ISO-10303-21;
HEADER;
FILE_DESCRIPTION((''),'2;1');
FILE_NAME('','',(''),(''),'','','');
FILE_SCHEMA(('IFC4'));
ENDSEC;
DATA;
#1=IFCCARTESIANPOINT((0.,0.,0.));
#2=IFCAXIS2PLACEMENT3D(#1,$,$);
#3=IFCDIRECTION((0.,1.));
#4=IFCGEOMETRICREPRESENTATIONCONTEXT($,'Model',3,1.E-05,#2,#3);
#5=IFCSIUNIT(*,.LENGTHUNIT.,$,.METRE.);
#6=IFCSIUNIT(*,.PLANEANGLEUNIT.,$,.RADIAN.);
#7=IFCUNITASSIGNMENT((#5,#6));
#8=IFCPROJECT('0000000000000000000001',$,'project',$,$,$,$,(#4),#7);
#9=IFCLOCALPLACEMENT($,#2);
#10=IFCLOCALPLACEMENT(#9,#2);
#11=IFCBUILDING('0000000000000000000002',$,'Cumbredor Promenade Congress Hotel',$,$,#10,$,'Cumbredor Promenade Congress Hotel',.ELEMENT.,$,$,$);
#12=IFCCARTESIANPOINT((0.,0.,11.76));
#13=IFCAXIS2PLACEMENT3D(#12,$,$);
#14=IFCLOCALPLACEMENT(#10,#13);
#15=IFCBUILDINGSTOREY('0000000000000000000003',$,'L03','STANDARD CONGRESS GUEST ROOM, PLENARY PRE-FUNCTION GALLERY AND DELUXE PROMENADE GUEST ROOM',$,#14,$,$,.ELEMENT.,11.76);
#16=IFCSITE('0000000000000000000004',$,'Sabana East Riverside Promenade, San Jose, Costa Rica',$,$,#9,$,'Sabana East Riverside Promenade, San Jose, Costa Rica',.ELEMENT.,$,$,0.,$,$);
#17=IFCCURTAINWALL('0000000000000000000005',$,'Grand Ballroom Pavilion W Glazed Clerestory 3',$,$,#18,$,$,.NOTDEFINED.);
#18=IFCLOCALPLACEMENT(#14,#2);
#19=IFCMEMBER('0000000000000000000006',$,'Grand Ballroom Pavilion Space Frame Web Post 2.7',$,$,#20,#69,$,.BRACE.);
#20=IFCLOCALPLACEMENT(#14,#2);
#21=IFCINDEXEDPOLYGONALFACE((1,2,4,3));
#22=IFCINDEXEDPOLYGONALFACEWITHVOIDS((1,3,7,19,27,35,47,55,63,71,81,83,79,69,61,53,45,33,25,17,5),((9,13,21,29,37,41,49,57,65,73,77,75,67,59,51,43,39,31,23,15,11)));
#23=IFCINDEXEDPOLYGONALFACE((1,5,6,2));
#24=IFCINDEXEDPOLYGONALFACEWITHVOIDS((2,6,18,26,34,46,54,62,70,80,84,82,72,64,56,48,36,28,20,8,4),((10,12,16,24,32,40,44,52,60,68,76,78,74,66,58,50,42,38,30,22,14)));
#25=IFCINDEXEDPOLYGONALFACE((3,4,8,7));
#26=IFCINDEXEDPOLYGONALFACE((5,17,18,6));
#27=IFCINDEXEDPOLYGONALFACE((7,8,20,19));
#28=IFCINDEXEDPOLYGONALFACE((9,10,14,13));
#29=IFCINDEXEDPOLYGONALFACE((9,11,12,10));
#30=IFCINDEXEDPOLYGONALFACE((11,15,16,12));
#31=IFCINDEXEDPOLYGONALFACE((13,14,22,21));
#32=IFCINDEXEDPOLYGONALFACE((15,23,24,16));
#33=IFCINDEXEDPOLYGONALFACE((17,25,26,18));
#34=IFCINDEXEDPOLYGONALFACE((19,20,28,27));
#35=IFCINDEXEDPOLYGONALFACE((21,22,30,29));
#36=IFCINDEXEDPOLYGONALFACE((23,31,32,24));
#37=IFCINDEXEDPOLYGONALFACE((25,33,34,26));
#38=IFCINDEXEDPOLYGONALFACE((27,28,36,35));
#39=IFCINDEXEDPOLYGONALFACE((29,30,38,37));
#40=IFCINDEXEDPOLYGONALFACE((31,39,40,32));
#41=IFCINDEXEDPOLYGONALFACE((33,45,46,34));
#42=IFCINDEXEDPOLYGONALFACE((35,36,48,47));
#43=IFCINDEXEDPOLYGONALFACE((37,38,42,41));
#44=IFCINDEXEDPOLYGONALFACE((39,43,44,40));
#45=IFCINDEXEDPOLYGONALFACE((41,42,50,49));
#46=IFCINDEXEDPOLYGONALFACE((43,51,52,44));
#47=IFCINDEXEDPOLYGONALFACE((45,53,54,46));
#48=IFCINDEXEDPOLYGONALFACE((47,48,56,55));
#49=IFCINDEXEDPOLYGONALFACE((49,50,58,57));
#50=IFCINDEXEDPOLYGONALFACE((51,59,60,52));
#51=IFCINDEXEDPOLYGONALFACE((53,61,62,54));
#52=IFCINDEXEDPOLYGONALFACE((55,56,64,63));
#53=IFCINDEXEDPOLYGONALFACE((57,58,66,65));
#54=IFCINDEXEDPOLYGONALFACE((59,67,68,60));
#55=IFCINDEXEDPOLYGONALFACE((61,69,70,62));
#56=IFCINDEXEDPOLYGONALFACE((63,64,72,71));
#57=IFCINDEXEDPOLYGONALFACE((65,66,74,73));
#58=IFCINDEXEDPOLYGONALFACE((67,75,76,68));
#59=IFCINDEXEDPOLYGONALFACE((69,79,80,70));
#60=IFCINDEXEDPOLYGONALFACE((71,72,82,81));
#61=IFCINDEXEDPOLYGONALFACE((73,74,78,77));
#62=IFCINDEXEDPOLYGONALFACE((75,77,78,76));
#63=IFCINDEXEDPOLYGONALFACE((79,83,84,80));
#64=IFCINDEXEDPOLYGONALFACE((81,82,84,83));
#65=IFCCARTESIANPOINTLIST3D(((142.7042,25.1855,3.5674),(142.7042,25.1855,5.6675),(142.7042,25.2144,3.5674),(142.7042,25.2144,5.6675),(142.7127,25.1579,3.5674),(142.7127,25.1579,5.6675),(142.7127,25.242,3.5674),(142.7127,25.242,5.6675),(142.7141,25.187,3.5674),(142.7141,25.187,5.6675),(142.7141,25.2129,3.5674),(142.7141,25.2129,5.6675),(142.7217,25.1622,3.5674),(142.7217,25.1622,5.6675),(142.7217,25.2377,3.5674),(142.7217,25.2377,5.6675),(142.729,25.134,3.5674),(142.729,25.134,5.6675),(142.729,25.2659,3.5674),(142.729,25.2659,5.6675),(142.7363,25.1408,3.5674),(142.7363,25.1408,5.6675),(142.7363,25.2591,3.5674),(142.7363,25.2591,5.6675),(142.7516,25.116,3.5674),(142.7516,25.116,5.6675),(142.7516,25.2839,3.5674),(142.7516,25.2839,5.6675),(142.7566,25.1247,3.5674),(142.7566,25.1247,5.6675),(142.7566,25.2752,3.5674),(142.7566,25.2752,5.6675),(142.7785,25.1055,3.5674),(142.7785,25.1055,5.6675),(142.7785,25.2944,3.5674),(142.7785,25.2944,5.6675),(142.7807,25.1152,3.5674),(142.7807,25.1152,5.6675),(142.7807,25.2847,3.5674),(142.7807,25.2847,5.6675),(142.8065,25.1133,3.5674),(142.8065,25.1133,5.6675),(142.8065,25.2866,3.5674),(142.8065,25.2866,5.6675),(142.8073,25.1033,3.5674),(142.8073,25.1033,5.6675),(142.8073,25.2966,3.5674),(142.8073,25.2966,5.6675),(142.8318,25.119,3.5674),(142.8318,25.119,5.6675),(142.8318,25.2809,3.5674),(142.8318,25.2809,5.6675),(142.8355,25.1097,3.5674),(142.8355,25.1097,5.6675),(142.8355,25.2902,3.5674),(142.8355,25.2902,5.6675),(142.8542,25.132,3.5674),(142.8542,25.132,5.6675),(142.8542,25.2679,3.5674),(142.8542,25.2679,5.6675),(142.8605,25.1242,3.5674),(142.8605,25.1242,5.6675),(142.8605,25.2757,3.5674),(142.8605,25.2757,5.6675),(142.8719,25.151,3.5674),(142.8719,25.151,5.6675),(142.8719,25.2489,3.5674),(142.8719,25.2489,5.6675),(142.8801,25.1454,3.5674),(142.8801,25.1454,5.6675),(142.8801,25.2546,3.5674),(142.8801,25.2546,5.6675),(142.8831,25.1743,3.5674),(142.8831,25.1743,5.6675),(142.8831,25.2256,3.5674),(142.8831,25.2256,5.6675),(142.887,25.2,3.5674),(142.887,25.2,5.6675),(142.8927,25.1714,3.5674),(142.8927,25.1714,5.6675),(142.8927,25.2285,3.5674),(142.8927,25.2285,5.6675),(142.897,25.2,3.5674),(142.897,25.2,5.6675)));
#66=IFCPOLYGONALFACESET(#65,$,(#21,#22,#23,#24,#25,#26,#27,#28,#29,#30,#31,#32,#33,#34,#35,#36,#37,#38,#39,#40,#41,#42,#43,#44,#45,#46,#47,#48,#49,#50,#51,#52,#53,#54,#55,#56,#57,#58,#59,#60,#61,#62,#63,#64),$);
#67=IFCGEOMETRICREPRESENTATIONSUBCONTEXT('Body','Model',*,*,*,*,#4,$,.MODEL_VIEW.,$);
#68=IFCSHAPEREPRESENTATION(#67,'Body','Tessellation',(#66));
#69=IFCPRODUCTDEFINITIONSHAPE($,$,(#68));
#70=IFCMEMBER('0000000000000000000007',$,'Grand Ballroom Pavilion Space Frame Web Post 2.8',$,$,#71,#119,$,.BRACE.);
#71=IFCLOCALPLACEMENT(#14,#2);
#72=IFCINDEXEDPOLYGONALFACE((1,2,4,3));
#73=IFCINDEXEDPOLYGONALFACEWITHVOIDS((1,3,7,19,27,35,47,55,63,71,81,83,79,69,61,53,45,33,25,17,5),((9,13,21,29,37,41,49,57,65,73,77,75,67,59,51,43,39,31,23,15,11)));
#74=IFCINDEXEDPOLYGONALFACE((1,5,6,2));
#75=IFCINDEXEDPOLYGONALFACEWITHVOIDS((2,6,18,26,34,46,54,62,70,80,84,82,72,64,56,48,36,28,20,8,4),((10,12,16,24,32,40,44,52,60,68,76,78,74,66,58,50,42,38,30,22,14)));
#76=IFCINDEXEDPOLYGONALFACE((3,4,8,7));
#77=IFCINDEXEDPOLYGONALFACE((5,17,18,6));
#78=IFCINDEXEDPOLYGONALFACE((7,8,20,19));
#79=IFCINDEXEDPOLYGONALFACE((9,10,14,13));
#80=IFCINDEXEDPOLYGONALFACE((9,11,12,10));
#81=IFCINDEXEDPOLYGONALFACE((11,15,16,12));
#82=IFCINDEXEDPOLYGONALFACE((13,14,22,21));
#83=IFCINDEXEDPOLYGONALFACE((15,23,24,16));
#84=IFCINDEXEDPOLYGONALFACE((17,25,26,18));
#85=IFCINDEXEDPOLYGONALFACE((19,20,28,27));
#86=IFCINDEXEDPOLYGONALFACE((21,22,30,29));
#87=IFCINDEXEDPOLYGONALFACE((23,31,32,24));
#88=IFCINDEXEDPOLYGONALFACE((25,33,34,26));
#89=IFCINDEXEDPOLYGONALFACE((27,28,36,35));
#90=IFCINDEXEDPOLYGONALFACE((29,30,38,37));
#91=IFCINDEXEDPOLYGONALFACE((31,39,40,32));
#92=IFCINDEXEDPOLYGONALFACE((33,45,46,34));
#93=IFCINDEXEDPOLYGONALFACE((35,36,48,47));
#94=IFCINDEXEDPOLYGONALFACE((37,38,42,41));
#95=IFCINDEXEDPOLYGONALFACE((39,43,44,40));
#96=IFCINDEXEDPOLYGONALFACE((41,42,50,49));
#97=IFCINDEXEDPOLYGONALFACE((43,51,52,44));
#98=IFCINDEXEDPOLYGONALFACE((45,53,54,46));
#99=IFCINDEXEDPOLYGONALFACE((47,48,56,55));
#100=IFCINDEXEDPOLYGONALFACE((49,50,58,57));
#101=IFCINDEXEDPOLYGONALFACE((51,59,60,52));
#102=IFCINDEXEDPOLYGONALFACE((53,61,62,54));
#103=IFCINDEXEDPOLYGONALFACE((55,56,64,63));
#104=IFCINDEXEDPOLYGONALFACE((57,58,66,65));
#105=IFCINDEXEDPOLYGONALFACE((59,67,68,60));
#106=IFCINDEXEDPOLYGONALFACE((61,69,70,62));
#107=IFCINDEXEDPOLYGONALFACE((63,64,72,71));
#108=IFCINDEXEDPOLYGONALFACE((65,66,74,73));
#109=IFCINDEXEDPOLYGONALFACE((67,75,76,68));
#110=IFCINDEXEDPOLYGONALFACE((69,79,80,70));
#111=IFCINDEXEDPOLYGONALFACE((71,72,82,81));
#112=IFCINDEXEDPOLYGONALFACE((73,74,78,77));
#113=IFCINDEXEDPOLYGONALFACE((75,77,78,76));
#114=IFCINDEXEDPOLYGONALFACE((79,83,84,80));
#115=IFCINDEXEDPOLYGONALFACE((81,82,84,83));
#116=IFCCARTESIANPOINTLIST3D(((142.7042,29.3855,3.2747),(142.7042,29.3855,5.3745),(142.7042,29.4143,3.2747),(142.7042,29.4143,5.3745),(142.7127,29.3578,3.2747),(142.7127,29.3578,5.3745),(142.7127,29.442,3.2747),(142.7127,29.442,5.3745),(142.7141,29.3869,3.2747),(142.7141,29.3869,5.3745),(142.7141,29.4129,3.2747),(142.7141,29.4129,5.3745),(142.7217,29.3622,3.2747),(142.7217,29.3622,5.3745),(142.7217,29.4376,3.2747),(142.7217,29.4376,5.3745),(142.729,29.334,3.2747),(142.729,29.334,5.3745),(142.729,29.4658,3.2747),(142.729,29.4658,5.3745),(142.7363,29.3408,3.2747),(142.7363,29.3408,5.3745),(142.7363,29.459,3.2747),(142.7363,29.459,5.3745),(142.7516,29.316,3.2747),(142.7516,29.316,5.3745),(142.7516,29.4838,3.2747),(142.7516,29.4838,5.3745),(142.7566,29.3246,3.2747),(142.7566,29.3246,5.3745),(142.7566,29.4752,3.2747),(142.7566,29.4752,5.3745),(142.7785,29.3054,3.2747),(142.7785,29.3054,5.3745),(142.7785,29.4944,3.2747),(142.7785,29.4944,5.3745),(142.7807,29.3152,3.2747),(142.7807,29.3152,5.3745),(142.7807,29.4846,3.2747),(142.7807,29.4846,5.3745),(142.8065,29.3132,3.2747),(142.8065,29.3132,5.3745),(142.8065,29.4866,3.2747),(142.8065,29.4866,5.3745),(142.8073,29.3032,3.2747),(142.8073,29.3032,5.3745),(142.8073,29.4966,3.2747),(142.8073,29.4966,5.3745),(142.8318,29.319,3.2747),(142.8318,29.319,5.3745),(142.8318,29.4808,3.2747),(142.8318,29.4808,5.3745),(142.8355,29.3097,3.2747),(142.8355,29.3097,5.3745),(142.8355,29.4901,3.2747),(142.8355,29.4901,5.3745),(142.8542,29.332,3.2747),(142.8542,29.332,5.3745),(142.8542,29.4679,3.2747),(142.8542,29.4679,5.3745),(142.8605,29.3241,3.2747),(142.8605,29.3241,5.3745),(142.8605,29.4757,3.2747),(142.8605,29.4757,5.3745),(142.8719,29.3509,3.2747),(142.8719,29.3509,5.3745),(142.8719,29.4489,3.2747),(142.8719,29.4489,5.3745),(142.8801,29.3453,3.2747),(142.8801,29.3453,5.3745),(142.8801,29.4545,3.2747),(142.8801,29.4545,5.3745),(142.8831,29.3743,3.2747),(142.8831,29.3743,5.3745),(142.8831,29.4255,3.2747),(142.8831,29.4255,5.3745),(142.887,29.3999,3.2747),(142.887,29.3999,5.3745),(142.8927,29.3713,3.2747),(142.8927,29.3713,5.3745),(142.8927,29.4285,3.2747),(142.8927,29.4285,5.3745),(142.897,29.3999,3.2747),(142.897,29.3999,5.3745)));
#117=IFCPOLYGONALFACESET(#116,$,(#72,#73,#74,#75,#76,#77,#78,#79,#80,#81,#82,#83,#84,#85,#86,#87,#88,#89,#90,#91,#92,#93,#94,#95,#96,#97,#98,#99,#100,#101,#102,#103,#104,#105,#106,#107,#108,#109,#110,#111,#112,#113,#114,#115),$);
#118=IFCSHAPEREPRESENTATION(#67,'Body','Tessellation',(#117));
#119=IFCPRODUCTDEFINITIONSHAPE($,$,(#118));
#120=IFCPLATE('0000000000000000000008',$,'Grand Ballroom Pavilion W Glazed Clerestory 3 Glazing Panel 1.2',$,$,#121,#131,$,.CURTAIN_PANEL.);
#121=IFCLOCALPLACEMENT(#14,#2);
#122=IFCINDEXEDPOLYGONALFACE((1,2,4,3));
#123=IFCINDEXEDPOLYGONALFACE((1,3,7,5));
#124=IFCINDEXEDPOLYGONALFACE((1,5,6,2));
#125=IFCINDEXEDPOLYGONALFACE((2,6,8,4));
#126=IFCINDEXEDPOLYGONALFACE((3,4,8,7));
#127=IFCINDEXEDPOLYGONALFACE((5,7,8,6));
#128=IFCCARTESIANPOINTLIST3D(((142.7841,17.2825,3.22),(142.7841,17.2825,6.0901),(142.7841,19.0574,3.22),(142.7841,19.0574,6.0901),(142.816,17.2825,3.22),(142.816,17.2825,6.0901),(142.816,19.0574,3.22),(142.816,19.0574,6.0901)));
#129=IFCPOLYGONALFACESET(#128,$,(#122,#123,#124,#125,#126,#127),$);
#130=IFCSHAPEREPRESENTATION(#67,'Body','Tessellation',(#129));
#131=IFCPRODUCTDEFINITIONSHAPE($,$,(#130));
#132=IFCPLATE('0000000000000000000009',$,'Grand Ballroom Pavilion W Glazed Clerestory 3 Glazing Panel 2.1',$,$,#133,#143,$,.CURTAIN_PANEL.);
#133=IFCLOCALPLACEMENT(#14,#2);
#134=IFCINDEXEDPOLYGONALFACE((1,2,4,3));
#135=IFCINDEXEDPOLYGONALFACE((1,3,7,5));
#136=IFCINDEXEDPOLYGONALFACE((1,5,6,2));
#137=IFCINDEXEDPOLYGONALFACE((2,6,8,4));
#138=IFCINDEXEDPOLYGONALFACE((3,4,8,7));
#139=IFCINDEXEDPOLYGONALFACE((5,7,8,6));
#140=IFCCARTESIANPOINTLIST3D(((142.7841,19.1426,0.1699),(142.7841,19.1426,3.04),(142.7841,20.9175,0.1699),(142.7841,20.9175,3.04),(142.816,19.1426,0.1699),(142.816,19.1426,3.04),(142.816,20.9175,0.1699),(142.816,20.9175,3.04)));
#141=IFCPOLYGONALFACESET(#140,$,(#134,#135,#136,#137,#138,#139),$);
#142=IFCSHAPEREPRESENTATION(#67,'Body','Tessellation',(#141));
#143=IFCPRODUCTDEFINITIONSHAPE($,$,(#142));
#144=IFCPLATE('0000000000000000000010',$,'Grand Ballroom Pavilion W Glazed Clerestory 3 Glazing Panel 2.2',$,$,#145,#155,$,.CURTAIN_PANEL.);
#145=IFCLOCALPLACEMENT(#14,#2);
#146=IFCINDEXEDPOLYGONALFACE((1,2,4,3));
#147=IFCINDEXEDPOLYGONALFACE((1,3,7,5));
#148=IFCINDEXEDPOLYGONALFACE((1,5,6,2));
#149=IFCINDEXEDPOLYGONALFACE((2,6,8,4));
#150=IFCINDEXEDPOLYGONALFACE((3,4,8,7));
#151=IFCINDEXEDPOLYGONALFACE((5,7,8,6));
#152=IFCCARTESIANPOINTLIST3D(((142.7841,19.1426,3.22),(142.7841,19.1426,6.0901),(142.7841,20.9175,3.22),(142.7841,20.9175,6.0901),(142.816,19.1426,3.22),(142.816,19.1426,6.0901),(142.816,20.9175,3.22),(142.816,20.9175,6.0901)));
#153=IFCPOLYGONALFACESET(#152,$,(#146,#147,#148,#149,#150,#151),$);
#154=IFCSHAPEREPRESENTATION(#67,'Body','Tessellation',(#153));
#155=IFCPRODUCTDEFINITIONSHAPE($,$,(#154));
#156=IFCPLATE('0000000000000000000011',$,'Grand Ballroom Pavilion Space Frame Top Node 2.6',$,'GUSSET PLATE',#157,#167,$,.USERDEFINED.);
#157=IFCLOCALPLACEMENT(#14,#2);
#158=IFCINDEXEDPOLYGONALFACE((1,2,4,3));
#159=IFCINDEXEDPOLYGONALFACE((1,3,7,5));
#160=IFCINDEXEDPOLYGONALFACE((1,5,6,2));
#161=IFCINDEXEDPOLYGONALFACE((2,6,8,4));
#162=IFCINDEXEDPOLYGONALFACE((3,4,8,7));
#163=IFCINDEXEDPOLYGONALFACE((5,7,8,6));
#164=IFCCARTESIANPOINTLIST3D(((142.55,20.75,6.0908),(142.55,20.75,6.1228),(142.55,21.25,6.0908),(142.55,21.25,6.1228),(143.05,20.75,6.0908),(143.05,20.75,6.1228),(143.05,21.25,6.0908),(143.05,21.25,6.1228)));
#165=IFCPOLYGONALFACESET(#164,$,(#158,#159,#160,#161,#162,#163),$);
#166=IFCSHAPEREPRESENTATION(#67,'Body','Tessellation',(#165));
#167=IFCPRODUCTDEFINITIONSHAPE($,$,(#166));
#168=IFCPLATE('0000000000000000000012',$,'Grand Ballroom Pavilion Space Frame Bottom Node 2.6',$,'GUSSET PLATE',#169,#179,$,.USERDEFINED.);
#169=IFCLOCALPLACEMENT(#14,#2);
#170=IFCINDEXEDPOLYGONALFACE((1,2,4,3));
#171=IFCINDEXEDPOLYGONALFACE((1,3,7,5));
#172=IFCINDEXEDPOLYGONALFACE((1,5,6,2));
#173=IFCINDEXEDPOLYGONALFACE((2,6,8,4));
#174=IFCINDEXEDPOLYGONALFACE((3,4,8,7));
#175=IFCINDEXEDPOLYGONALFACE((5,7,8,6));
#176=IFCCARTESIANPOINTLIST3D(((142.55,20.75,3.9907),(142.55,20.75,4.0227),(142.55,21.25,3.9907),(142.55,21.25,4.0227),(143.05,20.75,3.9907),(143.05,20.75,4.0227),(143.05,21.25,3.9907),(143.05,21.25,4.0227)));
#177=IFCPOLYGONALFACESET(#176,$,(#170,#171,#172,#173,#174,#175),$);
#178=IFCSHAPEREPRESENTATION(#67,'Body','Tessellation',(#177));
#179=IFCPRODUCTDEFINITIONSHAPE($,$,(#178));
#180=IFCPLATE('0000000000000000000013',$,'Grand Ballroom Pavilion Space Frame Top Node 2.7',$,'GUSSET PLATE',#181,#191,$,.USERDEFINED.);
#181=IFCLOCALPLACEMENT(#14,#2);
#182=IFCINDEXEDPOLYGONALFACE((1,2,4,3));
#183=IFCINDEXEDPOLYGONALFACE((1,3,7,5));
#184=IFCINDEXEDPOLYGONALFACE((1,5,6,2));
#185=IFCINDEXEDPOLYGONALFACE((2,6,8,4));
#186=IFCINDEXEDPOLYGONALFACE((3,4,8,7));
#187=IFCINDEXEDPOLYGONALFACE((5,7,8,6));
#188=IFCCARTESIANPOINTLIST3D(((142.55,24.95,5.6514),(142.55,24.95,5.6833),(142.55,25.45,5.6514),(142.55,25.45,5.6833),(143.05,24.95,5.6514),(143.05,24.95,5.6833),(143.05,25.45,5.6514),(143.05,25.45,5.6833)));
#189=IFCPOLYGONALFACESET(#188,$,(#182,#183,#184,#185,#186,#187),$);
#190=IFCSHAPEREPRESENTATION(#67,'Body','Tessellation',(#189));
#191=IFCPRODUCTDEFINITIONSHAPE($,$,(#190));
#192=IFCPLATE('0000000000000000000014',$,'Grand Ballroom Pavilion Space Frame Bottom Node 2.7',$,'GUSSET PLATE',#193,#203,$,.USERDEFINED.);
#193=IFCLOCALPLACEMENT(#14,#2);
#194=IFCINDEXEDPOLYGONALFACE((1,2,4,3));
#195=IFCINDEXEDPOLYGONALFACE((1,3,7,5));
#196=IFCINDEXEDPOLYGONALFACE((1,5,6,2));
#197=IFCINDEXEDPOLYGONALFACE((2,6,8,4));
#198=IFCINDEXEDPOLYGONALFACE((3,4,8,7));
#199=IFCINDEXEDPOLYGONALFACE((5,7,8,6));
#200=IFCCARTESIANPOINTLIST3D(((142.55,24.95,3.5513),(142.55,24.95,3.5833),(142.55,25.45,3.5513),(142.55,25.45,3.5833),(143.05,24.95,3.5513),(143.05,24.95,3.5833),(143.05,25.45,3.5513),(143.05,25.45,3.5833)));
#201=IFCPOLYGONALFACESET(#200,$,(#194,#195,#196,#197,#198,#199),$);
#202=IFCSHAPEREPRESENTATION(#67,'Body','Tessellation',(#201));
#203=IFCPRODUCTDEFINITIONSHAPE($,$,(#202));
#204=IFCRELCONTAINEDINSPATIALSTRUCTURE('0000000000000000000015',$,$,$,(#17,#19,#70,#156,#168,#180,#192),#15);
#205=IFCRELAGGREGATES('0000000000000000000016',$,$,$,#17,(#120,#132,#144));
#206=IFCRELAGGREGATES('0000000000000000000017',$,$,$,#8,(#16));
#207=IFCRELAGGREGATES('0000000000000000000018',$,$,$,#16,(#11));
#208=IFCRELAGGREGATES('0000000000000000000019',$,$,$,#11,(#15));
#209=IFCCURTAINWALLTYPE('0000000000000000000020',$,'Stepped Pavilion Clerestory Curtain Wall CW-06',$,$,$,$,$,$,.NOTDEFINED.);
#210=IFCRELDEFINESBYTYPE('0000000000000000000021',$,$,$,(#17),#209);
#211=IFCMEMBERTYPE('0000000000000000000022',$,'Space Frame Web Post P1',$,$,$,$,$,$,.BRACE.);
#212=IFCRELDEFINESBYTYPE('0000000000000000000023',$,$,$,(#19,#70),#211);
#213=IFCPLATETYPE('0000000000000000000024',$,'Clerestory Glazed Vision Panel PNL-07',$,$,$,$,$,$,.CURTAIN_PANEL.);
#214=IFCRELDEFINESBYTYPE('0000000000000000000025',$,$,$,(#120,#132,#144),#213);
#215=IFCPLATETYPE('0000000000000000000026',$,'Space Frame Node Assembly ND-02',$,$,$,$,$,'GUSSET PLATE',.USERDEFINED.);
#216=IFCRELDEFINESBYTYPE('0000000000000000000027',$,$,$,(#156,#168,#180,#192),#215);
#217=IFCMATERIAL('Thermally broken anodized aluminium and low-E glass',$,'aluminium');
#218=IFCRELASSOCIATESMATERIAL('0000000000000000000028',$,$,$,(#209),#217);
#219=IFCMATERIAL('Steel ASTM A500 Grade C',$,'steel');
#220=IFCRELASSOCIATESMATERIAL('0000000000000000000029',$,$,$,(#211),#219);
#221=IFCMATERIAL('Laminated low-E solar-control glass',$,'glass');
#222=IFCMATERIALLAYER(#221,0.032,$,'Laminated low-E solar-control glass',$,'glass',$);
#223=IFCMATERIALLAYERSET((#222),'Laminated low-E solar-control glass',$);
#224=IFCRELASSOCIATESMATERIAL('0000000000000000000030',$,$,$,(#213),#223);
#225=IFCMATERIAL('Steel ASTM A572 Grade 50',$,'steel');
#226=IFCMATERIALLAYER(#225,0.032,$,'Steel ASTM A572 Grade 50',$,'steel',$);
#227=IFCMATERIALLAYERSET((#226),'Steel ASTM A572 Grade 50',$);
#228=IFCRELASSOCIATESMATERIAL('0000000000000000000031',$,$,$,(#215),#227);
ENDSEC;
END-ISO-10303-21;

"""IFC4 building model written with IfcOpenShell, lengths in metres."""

from ifc_helpers import new_model, si_unit, direction, frame, origin, origin_2d, place, context, subcontext, project, spatial, rectangle, hollow_circle, extrude, material, layer, layer_set, material_profile, profile_set, type_object, element, aggregate, save


model = new_model("IFC4")

# Units and contexts
model_context = context("Model", 3, precision=1e-05, world=origin(), true_north=direction((0.0, 1.0)))
body_context = subcontext(model_context, "Body", "Model", "MODEL_VIEW")
ifc_project = project(units=[si_unit("LENGTHUNIT", "METRE"), si_unit("PLANEANGLEUNIT", "RADIAN")], contexts=[model_context])

# Site, building, storey
site_placement = place(None, origin())
site = spatial("IfcSite", under=ifc_project, at=site_placement, Name="Sabana East Riverside Promenade, San Jose, Costa Rica", LongName="Sabana East Riverside Promenade, San Jose, Costa Rica", CompositionType="ELEMENT", RefElevation=0.0)
building_placement = place(site_placement, origin())
building = spatial("IfcBuilding", under=site, at=building_placement, Name="Cumbredor Promenade Congress Hotel", LongName="Cumbredor Promenade Congress Hotel", CompositionType="ELEMENT")
storey_placement = place(building_placement, frame((0.0, 0.0, 11.76)))
storey = spatial("IfcBuildingStorey", under=building, at=storey_placement, Name="L03", Description="STANDARD CONGRESS GUEST ROOM, PLENARY PRE-FUNCTION GALLERY AND DELUXE PROMENADE GUEST ROOM", CompositionType="ELEMENT", Elevation=11.76)

# Shared definitions
ifc_material_1 = material(Name="Steel ASTM A500 Grade C", Category="steel")

# Curtain wall
ifc_material_2 = material(Name="Thermally broken anodized aluminium and low-E glass", Category="aluminium")
curtain_wall_type = type_object("IfcCurtainWallType", Name="Stepped Pavilion Clerestory Curtain Wall CW-06", PredefinedType="NOTDEFINED", material=ifc_material_2)
curtain_wall_1_placement = place(storey_placement, origin())
curtain_wall_1 = element("IfcCurtainWall", 1, at=curtain_wall_1_placement, inside=storey, type_object=curtain_wall_type, Name="Grand Ballroom Pavilion W Glazed Clerestory 3", PredefinedType="NOTDEFINED")

# Members
ifc_material_profile_1 = material_profile(ifc_material_1, hollow_circle(Radius=0.0969, WallThickness=0.01, at=origin_2d()), Name="CHS 193.7x10")
ifc_profile_set_1 = profile_set([ifc_material_profile_1], Name="Steel ASTM A500 Grade C")
member_type_1 = type_object("IfcMemberType", Name="Space Frame Web Post P1", PredefinedType="BRACE", material=ifc_profile_set_1)
for number, where, z_axis, x_axis, name in (
    (2, (142.8, 25.2, 3.5674), (0.0, 0.0, 1.0), (1.0, 0.0, 0.0), "Grand Ballroom Pavilion Space Frame Web Post 2.7"),
):
    element("IfcMember", number, at=place(storey_placement, frame(where, z_axis=z_axis, x_axis=x_axis)), inside=storey, type_object=member_type_1, Name=name, PredefinedType="BRACE", context=body_context, shape_type="SweptSolid", body=[
        extrude(hollow_circle(Radius=0.0969, WallThickness=0.01, at=origin_2d()), origin(), (0.0, 0.0, 1.0), 2.1001),
    ])
member_1_placement = place(storey_placement, frame((142.8, 29.3999, 3.2747), z_axis=(0.0, 0.0, 1.0), x_axis=(1.0, 0.0, 0.0)))
element("IfcMember", 3, at=member_1_placement, inside=storey, type_object=member_type_1, Name="Grand Ballroom Pavilion Space Frame Web Post 2.8", PredefinedType="BRACE", context=body_context, shape_type="SweptSolid", body=[
    extrude(hollow_circle(Radius=0.0969, WallThickness=0.01, at=origin_2d()), origin(), (0.0, 0.0, 1.0), 2.0999),
])

# Plates
ifc_material_3 = material(Name="Laminated low-E solar-control glass", Category="glass")
ifc_layer_1 = layer(ifc_material_3, 0.032, Name="Laminated low-E solar-control glass", Category="glass")
ifc_layer_set_1 = layer_set([ifc_layer_1], Name="Laminated low-E solar-control glass")
plate_type_1 = type_object("IfcPlateType", Name="Clerestory Glazed Vision Panel PNL-07", PredefinedType="CURTAIN_PANEL", material=ifc_layer_set_1)
plate_1_placement = place(storey_placement, frame((142.8, 18.1699, 3.22), z_axis=(0.0, 0.0, 1.0), x_axis=(0.0, 1.0, 0.0)))
plate_1 = element("IfcPlate", 4, at=plate_1_placement, type_object=plate_type_1, Name="Grand Ballroom Pavilion W Glazed Clerestory 3 Glazing Panel 1.2", PredefinedType="CURTAIN_PANEL", context=body_context, shape_type="SweptSolid", body=[
    extrude(rectangle(XDim=1.7749, YDim=0.032, at=origin_2d()), origin(), (0.0, 0.0, 1.0), 2.8701),
])
plate_2_placement = place(storey_placement, frame((142.8, 20.03, 0.1699), z_axis=(0.0, 0.0, 1.0), x_axis=(0.0, 1.0, 0.0)))
plate_2 = element("IfcPlate", 5, at=plate_2_placement, type_object=plate_type_1, Name="Grand Ballroom Pavilion W Glazed Clerestory 3 Glazing Panel 2.1", PredefinedType="CURTAIN_PANEL", context=body_context, shape_type="SweptSolid", body=[
    extrude(rectangle(XDim=1.7749, YDim=0.032, at=origin_2d()), origin(), (0.0, 0.0, 1.0), 2.8701),
])
plate_3_placement = place(storey_placement, frame((142.8, 20.03, 3.22), z_axis=(0.0, 0.0, 1.0), x_axis=(0.0, 1.0, 0.0)))
plate_3 = element("IfcPlate", 6, at=plate_3_placement, type_object=plate_type_1, Name="Grand Ballroom Pavilion W Glazed Clerestory 3 Glazing Panel 2.2", PredefinedType="CURTAIN_PANEL", context=body_context, shape_type="SweptSolid", body=[
    extrude(rectangle(XDim=1.7749, YDim=0.032, at=origin_2d()), origin(), (0.0, 0.0, 1.0), 2.8701),
])
aggregate(curtain_wall_1, [plate_1, plate_2, plate_3])

# Plates
ifc_material_4 = material(Name="Steel ASTM A572 Grade 50", Category="steel")
ifc_layer_2 = layer(ifc_material_4, 0.032, Name="Steel ASTM A572 Grade 50", Category="steel")
ifc_layer_set_2 = layer_set([ifc_layer_2], Name="Steel ASTM A572 Grade 50")
plate_type_2 = type_object("IfcPlateType", Name="Space Frame Node Assembly ND-02", ElementType="GUSSET PLATE", PredefinedType="USERDEFINED", material=ifc_layer_set_2)
for number, where, z_axis, x_axis, name in (
    (7, (142.8, 21.0, 6.0908), (0.0, 0.0, 1.0), (1.0, 0.0, 0.0), "Grand Ballroom Pavilion Space Frame Top Node 2.6"),
    (8, (142.8, 21.0, 3.9907), (0.0, 0.0, 1.0), (1.0, 0.0, 0.0), "Grand Ballroom Pavilion Space Frame Bottom Node 2.6"),
    (9, (142.8, 25.2, 5.6514), (0.0, 0.0, 1.0), (1.0, 0.0, 0.0), "Grand Ballroom Pavilion Space Frame Top Node 2.7"),
    (10, (142.8, 25.2, 3.5513), (0.0, 0.0, 1.0), (1.0, 0.0, 0.0), "Grand Ballroom Pavilion Space Frame Bottom Node 2.7"),
):
    element("IfcPlate", number, at=place(storey_placement, frame(where, z_axis=z_axis, x_axis=x_axis)), inside=storey, type_object=plate_type_2, Name=name, ObjectType="GUSSET PLATE", PredefinedType="USERDEFINED", context=body_context, shape_type="SweptSolid", body=[
        extrude(rectangle(XDim=0.5, YDim=0.5, at=origin_2d()), origin(), (0.0, 0.0, 1.0), 0.032),
    ])

save(model, "model.ifc")
